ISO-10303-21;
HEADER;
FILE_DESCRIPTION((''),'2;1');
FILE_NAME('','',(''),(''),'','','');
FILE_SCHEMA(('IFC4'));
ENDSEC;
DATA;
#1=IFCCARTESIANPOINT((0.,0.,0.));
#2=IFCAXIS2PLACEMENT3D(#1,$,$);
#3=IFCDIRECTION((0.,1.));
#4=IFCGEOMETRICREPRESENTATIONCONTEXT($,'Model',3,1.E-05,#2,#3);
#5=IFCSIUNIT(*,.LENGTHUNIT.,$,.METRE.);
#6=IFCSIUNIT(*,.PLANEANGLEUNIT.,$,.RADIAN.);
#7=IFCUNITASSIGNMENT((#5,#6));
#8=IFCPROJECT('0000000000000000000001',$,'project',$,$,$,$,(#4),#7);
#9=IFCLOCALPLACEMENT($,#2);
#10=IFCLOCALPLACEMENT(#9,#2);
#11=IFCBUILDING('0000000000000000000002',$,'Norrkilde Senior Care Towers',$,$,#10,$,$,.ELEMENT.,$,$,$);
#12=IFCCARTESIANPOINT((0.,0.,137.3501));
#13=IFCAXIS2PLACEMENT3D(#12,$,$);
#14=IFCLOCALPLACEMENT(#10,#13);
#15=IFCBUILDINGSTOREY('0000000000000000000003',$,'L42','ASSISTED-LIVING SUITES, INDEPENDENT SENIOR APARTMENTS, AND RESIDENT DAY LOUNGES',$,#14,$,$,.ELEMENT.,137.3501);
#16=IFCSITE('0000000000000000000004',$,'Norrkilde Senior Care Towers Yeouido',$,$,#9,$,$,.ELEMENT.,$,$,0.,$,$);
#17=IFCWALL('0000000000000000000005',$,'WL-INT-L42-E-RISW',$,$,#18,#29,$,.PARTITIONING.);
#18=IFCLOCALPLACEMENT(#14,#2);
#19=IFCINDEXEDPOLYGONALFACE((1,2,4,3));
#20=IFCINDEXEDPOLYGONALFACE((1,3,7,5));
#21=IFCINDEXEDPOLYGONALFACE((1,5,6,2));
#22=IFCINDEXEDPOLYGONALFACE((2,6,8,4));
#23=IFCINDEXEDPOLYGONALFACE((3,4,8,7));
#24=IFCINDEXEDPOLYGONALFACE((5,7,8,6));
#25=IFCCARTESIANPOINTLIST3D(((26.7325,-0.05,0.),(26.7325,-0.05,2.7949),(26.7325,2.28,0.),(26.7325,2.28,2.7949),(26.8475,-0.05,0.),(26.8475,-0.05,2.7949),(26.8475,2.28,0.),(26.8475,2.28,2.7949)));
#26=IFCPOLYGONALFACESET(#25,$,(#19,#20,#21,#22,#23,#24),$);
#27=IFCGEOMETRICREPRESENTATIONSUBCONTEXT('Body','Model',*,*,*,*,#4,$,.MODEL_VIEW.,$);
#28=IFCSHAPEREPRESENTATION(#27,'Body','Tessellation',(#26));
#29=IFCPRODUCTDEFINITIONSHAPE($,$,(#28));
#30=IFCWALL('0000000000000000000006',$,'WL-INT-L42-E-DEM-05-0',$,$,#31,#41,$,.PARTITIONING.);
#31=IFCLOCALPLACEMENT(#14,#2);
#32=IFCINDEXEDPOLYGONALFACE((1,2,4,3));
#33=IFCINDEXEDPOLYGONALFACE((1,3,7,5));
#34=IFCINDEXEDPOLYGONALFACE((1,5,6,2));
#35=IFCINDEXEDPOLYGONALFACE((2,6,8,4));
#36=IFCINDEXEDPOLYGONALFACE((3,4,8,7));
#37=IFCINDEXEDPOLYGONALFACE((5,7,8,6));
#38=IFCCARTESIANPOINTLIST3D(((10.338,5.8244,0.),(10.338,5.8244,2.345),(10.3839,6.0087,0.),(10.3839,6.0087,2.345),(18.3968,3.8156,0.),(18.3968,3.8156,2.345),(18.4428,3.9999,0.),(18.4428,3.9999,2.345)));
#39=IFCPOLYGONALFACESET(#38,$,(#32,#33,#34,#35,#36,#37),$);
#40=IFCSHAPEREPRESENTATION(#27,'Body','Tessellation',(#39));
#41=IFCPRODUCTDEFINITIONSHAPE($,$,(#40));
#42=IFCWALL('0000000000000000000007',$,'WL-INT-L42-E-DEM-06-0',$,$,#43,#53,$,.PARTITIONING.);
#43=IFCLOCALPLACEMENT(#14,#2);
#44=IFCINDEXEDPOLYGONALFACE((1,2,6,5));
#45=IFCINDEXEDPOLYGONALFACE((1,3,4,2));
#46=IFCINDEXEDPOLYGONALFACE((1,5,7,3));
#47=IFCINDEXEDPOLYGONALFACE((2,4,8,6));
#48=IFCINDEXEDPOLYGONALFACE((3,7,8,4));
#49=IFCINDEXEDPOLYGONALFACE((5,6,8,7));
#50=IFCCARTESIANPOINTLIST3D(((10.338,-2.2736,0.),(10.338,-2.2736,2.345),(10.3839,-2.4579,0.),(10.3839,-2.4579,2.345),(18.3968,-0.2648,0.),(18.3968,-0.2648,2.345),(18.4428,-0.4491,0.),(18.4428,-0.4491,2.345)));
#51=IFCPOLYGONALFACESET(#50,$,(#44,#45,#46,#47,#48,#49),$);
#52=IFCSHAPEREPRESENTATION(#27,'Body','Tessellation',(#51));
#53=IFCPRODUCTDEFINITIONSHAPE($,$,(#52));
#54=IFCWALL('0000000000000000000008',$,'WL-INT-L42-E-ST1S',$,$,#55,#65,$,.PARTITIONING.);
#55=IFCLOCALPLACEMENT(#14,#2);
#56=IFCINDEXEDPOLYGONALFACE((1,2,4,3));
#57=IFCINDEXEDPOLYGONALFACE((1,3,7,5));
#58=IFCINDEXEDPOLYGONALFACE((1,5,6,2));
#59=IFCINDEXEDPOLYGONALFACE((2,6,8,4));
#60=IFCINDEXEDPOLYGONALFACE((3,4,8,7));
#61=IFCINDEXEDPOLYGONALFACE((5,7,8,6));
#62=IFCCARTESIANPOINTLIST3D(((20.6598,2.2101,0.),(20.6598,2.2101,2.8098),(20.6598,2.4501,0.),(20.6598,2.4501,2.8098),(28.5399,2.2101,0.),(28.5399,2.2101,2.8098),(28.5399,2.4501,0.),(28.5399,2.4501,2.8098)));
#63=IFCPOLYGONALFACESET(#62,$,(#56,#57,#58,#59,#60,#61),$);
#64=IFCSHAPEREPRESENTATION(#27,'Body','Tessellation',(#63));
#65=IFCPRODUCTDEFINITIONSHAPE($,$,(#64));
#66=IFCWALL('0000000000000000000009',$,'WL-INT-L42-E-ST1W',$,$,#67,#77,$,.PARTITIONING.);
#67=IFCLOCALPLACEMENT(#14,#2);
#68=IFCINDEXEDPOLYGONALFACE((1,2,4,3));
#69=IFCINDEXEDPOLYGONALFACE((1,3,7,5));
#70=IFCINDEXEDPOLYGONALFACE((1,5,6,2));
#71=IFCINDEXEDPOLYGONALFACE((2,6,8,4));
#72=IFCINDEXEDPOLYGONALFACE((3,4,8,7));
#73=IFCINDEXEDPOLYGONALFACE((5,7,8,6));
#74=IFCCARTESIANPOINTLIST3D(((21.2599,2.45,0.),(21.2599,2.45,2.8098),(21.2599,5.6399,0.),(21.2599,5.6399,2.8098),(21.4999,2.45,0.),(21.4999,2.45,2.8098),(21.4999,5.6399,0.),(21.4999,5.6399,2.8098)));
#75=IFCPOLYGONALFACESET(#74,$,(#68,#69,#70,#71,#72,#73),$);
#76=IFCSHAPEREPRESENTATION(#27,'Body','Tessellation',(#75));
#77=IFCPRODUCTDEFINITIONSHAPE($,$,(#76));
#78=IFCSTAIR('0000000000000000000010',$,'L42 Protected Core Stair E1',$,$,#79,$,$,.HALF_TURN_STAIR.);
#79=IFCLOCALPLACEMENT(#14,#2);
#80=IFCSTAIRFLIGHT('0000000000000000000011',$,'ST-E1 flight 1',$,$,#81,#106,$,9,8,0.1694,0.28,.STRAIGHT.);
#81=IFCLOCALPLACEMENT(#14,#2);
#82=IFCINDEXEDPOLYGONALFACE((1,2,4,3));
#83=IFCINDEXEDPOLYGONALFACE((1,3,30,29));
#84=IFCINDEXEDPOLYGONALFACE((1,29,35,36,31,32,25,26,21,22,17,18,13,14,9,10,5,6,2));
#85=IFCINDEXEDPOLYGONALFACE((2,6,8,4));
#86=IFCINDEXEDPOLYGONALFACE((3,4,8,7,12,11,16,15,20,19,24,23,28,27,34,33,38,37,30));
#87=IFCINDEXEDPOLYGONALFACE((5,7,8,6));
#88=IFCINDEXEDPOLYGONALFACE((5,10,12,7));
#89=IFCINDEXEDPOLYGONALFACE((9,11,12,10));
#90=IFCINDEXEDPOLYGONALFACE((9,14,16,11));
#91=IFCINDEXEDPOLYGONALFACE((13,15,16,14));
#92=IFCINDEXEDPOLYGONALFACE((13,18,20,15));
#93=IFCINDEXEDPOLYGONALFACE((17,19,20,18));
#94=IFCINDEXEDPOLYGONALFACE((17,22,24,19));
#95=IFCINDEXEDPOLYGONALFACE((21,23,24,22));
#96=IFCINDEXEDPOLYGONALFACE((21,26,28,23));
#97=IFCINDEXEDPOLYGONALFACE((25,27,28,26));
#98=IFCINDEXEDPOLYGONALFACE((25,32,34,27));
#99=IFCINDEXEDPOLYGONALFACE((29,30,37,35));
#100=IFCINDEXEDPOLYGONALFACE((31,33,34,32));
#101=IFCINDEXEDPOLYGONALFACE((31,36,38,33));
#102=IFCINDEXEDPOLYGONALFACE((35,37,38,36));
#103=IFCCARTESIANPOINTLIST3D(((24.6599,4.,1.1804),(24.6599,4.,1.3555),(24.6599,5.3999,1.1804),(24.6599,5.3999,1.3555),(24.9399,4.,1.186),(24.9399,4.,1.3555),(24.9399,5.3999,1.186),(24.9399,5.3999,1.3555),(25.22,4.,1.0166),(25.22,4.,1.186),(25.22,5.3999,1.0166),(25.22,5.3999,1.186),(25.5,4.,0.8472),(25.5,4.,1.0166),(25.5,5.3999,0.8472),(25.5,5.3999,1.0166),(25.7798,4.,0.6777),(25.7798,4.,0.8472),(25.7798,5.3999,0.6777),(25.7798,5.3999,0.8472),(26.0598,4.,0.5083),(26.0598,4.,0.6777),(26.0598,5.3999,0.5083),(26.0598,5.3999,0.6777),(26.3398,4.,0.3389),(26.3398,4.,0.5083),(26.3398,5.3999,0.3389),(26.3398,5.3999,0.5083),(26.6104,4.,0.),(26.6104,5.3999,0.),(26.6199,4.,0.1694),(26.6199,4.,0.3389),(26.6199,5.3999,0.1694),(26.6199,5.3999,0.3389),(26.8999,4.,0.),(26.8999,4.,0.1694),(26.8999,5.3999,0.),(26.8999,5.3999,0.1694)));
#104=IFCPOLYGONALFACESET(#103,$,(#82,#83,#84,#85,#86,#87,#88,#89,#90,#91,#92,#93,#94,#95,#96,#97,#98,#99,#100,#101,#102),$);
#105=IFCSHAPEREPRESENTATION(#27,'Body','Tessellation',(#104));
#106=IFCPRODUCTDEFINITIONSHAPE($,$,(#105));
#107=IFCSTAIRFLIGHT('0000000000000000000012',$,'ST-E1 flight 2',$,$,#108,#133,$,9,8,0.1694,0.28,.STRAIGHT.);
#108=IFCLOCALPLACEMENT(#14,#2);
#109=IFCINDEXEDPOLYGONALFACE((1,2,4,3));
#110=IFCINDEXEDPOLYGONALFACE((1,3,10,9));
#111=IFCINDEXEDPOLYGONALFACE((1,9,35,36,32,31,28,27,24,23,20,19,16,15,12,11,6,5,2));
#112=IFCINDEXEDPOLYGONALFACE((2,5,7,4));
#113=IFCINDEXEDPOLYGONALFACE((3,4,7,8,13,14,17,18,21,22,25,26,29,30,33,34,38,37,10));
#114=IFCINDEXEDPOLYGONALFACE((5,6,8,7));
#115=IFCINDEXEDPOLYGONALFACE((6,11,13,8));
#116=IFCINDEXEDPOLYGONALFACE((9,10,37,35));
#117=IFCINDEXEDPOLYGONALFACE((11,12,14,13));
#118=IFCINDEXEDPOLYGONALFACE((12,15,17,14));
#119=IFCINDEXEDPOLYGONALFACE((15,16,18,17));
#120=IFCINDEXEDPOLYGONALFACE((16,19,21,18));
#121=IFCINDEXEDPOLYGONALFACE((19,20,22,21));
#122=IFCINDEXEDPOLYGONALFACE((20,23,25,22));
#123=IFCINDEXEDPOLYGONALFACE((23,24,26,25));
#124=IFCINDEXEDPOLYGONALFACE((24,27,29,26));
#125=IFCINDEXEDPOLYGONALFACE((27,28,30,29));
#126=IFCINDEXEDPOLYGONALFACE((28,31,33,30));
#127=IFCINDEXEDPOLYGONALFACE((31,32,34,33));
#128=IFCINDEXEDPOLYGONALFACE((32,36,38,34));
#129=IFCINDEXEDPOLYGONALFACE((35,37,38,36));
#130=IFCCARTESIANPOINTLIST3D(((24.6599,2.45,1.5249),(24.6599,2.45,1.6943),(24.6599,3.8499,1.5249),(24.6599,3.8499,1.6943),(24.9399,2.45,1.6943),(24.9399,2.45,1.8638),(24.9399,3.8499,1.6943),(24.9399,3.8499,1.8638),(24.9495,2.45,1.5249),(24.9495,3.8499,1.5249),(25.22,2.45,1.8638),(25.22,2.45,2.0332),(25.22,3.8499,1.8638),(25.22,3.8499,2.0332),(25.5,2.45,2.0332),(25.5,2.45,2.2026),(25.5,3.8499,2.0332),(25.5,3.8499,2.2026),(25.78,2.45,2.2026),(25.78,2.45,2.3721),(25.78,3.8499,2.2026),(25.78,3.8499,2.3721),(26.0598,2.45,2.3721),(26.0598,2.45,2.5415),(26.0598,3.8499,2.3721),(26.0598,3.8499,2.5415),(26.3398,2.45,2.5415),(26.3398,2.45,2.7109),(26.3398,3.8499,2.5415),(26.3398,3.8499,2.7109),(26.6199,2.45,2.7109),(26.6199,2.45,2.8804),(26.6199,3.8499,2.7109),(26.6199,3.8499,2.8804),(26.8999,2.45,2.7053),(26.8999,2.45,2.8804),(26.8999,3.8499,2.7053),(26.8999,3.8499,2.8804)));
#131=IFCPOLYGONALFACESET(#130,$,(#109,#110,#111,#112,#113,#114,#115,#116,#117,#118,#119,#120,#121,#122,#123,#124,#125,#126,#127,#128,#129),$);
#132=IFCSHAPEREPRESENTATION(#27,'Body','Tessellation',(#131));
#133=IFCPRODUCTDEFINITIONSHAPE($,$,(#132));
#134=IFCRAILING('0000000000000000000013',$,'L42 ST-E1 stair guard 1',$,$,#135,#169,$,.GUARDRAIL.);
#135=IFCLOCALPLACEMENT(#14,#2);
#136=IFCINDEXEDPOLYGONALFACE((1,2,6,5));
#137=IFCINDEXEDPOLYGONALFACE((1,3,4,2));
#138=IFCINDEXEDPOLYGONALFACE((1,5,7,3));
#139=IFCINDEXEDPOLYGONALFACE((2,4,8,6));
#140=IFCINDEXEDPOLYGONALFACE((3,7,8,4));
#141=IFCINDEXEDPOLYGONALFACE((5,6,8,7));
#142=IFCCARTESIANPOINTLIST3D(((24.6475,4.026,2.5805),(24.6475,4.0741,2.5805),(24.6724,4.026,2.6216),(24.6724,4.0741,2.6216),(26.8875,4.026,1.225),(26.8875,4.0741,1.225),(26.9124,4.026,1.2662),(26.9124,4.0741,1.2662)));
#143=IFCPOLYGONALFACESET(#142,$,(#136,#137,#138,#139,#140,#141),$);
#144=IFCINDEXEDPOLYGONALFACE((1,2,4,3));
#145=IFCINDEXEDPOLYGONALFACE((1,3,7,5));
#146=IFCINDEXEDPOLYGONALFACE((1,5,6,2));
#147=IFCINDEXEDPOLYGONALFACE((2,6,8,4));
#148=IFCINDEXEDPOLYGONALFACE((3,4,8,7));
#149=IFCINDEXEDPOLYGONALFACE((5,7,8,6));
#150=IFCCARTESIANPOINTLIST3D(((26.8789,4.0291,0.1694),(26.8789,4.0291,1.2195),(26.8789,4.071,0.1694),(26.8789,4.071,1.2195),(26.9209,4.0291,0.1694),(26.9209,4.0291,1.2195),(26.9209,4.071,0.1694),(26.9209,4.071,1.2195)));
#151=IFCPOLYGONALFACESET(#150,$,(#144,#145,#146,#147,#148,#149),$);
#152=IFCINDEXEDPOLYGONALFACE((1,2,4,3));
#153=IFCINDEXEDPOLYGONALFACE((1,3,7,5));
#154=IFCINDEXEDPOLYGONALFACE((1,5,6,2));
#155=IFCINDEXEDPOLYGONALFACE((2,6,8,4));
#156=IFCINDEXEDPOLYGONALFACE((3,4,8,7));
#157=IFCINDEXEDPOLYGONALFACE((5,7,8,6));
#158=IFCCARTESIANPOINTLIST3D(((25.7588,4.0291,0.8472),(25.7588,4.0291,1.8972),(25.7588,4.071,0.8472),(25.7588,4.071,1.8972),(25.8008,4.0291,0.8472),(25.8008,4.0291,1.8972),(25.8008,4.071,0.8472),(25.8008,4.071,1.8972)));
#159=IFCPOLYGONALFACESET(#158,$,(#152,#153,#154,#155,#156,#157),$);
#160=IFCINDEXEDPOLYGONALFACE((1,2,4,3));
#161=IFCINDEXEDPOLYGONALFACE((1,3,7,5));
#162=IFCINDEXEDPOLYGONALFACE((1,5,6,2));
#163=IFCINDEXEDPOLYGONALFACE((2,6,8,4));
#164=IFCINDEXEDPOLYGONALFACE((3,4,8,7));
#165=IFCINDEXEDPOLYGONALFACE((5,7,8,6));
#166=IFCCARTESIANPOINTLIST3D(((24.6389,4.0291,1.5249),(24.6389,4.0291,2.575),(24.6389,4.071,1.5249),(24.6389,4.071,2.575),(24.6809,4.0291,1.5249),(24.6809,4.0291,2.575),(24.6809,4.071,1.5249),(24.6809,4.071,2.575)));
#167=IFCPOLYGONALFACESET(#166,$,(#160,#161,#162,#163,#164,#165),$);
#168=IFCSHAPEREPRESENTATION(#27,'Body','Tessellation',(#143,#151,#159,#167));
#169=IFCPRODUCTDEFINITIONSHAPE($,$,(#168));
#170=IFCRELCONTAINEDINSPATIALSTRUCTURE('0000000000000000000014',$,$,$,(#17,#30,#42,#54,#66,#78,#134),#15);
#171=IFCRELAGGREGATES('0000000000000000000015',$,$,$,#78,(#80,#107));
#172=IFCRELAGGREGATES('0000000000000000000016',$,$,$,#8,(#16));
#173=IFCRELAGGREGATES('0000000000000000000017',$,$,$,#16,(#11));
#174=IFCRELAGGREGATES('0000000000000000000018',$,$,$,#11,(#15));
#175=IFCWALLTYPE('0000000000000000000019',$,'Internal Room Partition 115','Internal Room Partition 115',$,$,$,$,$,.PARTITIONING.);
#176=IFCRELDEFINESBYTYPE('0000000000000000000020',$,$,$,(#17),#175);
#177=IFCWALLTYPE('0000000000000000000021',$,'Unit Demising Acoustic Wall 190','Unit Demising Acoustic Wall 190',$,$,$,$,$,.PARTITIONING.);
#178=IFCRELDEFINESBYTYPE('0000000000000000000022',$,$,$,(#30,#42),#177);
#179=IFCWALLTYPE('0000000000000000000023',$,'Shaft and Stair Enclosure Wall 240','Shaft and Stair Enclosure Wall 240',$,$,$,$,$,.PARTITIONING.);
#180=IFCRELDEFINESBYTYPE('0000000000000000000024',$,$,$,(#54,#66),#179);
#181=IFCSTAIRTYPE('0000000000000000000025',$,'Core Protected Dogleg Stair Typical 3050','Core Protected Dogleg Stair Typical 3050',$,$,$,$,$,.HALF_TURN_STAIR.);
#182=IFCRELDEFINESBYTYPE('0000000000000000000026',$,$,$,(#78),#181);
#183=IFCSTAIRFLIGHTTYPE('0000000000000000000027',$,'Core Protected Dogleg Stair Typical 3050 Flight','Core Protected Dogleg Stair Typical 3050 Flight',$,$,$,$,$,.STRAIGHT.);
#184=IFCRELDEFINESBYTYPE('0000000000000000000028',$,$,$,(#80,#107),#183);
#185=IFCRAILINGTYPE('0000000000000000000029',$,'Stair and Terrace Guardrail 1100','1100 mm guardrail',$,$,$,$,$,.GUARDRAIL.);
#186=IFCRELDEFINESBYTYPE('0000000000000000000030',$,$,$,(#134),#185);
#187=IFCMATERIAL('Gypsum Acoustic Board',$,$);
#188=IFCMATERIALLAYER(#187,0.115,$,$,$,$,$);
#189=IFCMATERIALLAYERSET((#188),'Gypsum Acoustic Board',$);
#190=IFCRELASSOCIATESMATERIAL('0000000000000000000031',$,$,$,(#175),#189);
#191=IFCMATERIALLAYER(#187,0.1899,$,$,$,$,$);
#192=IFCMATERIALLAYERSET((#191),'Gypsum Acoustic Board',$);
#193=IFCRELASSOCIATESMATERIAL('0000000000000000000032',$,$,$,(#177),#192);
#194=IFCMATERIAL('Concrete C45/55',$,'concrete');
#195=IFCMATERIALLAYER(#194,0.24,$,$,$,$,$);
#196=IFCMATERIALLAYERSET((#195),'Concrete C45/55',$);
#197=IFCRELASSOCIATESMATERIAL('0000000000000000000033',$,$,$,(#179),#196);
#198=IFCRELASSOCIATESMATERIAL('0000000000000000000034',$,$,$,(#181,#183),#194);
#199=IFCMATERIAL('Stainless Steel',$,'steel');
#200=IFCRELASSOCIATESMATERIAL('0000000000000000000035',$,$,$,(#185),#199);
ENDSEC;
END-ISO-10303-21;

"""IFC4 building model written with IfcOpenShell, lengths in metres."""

from ifc_helpers import new_model, si_unit, direction, frame, frame_2d, origin, origin_2d, place, context, subcontext, project, spatial, polyline, rectangle, outline, extrude, source, transform, mapped, material, layer, layer_set, type_object, type_shapes, element, aggregate, save


model = new_model("IFC4")

# Units and contexts
model_context = context("Model", 3, precision=1e-05, world=origin(), true_north=direction((0.0, 1.0)))
body_context = subcontext(model_context, "Body", "Model", "MODEL_VIEW")
ifc_project = project(units=[si_unit("LENGTHUNIT", "METRE"), si_unit("PLANEANGLEUNIT", "RADIAN")], contexts=[model_context])

# Site, building, storey
site_placement = place(None, origin())
site = spatial("IfcSite", under=ifc_project, at=site_placement, Name="Norrkilde Senior Care Towers Yeouido", CompositionType="ELEMENT", RefElevation=0.0)
building_placement = place(site_placement, origin())
building = spatial("IfcBuilding", under=site, at=building_placement, Name="Norrkilde Senior Care Towers", CompositionType="ELEMENT")
storey_placement = place(building_placement, frame((0.0, 0.0, 137.3501)))
storey = spatial("IfcBuildingStorey", under=building, at=storey_placement, Name="L42", Description="ASSISTED-LIVING SUITES, INDEPENDENT SENIOR APARTMENTS, AND RESIDENT DAY LOUNGES", CompositionType="ELEMENT", Elevation=137.3501)

# Shared definitions
ifc_material_1 = material(Name="Concrete C45/55", Category="concrete")

# Walls
ifc_material_2 = material(Name="Gypsum Acoustic Board")
ifc_layer_1 = layer(ifc_material_2, 0.115)
ifc_layer_set_1 = layer_set([ifc_layer_1], Name="Gypsum Acoustic Board")
wall_type_1 = type_object("IfcWallType", Name="Internal Room Partition 115", Description="Internal Room Partition 115", PredefinedType="PARTITIONING", material=ifc_layer_set_1)
shared_shape_1 = source(origin(), body_context, "Body", "SweptSolid", [
    extrude(rectangle(XDim=2.3301, YDim=0.115, at=frame_2d((1.165, 0.0))), origin(), (0.0, 0.0, 1.0), 2.7949),
])
type_shapes(wall_type_1, [shared_shape_1])
wall_1_placement = place(storey_placement, frame((26.79, -0.05, 0.0), z_axis=(0.0, 0.0, 1.0), x_axis=(0.0, 1.0, 0.0)))
element("IfcWall", 1, at=wall_1_placement, inside=storey, type_object=wall_type_1, Name="WL-INT-L42-E-RISW", PredefinedType="PARTITIONING", context=body_context, shape_type="MappedRepresentation", body=[
    mapped(shared_shape_1, transform((0.0, 0.0, 0.0), x_axis=(1.0, 0.0, 0.0), y_axis=(0.0, 1.0, 0.0), z_axis=(0.0, 0.0, 1.0), scale=1.0)),
])
ifc_layer_2 = layer(ifc_material_2, 0.1899)
ifc_layer_set_2 = layer_set([ifc_layer_2], Name="Gypsum Acoustic Board")
wall_type_2 = type_object("IfcWallType", Name="Unit Demising Acoustic Wall 190", Description="Unit Demising Acoustic Wall 190", PredefinedType="PARTITIONING", material=ifc_layer_set_2)
shared_shape_2 = source(origin(), body_context, "Body", "SweptSolid", [
    extrude(rectangle(XDim=8.3054, YDim=0.1899, at=frame_2d((4.1528, 0.0))), origin(), (0.0, 0.0, 1.0), 2.345),
])
type_shapes(wall_type_2, [shared_shape_2])
for number, where, z_axis, x_axis, name in (
    (2, (18.4199, 3.9077, 0.0), (0.0, 0.0, 1.0), (-0.97031, 0.241865, 0.0), "WL-INT-L42-E-DEM-05-0"),
    (3, (18.4199, -0.3569, 0.0), (0.0, 0.0, 1.0), (-0.97031, -0.241865, 0.0), "WL-INT-L42-E-DEM-06-0"),
):
    element("IfcWall", number, at=place(storey_placement, frame(where, z_axis=z_axis, x_axis=x_axis)), inside=storey, type_object=wall_type_2, Name=name, PredefinedType="PARTITIONING", context=body_context, shape_type="MappedRepresentation", body=[
        mapped(shared_shape_2, transform((0.0, 0.0, 0.0), x_axis=(1.0, 0.0, 0.0), y_axis=(0.0, 1.0, 0.0), z_axis=(0.0, 0.0, 1.0), scale=1.0)),
    ])
ifc_layer_3 = layer(ifc_material_1, 0.24)
ifc_layer_set_3 = layer_set([ifc_layer_3], Name="Concrete C45/55")
wall_type_3 = type_object("IfcWallType", Name="Shaft and Stair Enclosure Wall 240", Description="Shaft and Stair Enclosure Wall 240", PredefinedType="PARTITIONING", material=ifc_layer_set_3)
shared_shape_3 = source(origin(), body_context, "Body", "SweptSolid", [
    extrude(rectangle(XDim=7.8801, YDim=0.24, at=frame_2d((3.9399, 0.0))), origin(), (0.0, 0.0, 1.0), 2.8098),
])
wall_2_placement = place(storey_placement, frame((20.6599, 2.3301, 0.0), z_axis=(0.0, 0.0, 1.0), x_axis=(1.0, 0.0, 0.0)))
element("IfcWall", 4, at=wall_2_placement, inside=storey, type_object=wall_type_3, Name="WL-INT-L42-E-ST1S", PredefinedType="PARTITIONING", context=body_context, shape_type="MappedRepresentation", body=[
    mapped(shared_shape_3, transform((0.0, 0.0, 0.0), x_axis=(1.0, 0.0, 0.0), y_axis=(0.0, 1.0, 0.0), z_axis=(0.0, 0.0, 1.0), scale=1.0)),
])
shared_shape_4 = source(origin(), body_context, "Body", "SweptSolid", [
    extrude(rectangle(XDim=3.1899, YDim=0.24, at=frame_2d((1.595, 0.0))), origin(), (0.0, 0.0, 1.0), 2.8098),
])
type_shapes(wall_type_3, [shared_shape_3, shared_shape_4])
wall_3_placement = place(storey_placement, frame((21.3799, 2.45, 0.0), z_axis=(0.0, 0.0, 1.0), x_axis=(0.0, 1.0, 0.0)))
element("IfcWall", 5, at=wall_3_placement, inside=storey, type_object=wall_type_3, Name="WL-INT-L42-E-ST1W", PredefinedType="PARTITIONING", context=body_context, shape_type="MappedRepresentation", body=[
    mapped(shared_shape_4, transform((0.0, 0.0, 0.0), x_axis=(1.0, 0.0, 0.0), y_axis=(0.0, 1.0, 0.0), z_axis=(0.0, 0.0, 1.0), scale=1.0)),
])

# Stair, stair flights
stair_type = type_object("IfcStairType", Name="Core Protected Dogleg Stair Typical 3050", Description="Core Protected Dogleg Stair Typical 3050", PredefinedType="HALF_TURN_STAIR", material=ifc_material_1)
stair_placement = place(storey_placement, origin())
stair = element("IfcStair", 6, at=stair_placement, inside=storey, type_object=stair_type, Name="L42 Protected Core Stair E1", PredefinedType="HALF_TURN_STAIR")
stair_flight_type = type_object("IfcStairFlightType", Name="Core Protected Dogleg Stair Typical 3050 Flight", Description="Core Protected Dogleg Stair Typical 3050 Flight", PredefinedType="STRAIGHT", material=ifc_material_1)
stair_flight_1_placement = place(storey_placement, frame((26.8999, 4.7, 0.0), z_axis=(0.0, 0.0, 1.0), x_axis=(-1.0, 0.0, 0.0)))
stair_flight_1 = element("IfcStairFlight", 7, at=stair_flight_1_placement, type_object=stair_flight_type, Name="ST-E1 flight 1", NumberOfRisers=9, NumberOfTreads=8, PredefinedType="STRAIGHT", RiserHeight=0.1694, TreadLength=0.28, context=body_context, shape_type="SweptSolid", body=[
    extrude(outline(polyline([(0.0, 0.0), (0.0, 0.1694), (0.28, 0.1694), (0.28, 0.3389), (0.5601, 0.3389), (0.5601, 0.5083), (0.8401, 0.5083), (0.8401, 0.6777), (1.1201, 0.6777), (1.1201, 0.8472), (1.3999, 0.8472), (1.3999, 1.0166), (1.6799, 1.0166), (1.6799, 1.186), (1.96, 1.186), (1.96, 1.3555), (2.24, 1.3555), (2.24, 1.5249), (2.24, 1.1804), (0.2896, 0.0), (0.0, 0.0)])), frame((0.0, 0.7, 0.0), z_axis=(0.0, -1.0, 0.0), x_axis=(1.0, 0.0, 0.0)), (0.0, 0.0, 1.0), 1.3999),
])
stair_flight_2_placement = place(storey_placement, frame((24.6599, 3.1499, 1.5249), z_axis=(0.0, 0.0, 1.0), x_axis=(1.0, 0.0, 0.0)))
stair_flight_2 = element("IfcStairFlight", 8, at=stair_flight_2_placement, type_object=stair_flight_type, Name="ST-E1 flight 2", NumberOfRisers=9, NumberOfTreads=8, PredefinedType="STRAIGHT", RiserHeight=0.1694, TreadLength=0.28, context=body_context, shape_type="SweptSolid", body=[
    extrude(outline(polyline([(0.0, 0.0), (0.0, 0.1694), (0.28, 0.1694), (0.28, 0.3389), (0.5601, 0.3389), (0.5601, 0.5083), (0.8401, 0.5083), (0.8401, 0.6777), (1.1201, 0.6777), (1.1201, 0.8472), (1.3999, 0.8472), (1.3999, 1.0166), (1.6799, 1.0166), (1.6799, 1.186), (1.96, 1.186), (1.96, 1.3555), (2.24, 1.3555), (2.24, 1.5249), (2.24, 1.1804), (0.2896, 0.0), (0.0, 0.0)])), frame((0.0, 0.7, 0.0), z_axis=(0.0, -1.0, 0.0), x_axis=(1.0, 0.0, 0.0)), (0.0, 0.0, 1.0), 1.3999),
])
aggregate(stair, [stair_flight_1, stair_flight_2])

# Railing
ifc_material_3 = material(Name="Stainless Steel", Category="steel")
railing_type_1 = type_object("IfcRailingType", Name="Stair and Terrace Guardrail 1100", Description="1100 mm guardrail", PredefinedType="GUARDRAIL", material=ifc_material_3)
railing_1_placement = place(storey_placement, frame((26.8999, 4.05, 0.1694)))
element("IfcRailing", 9, at=railing_1_placement, inside=storey, type_object=railing_type_1, Name="L42 ST-E1 stair guard 1", PredefinedType="GUARDRAIL", context=body_context, shape_type="SweptSolid", body=[
    extrude(rectangle(XDim=0.0481, YDim=0.0481, at=origin_2d()), frame((0.0, 0.0, 1.0762), z_axis=(-0.855553, 0.0, 0.517715), x_axis=(0.0, -1.0, 0.0)), (0.0, 0.0, 1.0), 2.6182),
    extrude(rectangle(XDim=0.042, YDim=0.042, at=origin_2d()), origin(), (0.0, 0.0, 1.0), 1.05),
    extrude(rectangle(XDim=0.042, YDim=0.042, at=origin_2d()), frame((-1.1201, 0.0, 0.6777)), (0.0, 0.0, 1.0), 1.05),
    extrude(rectangle(XDim=0.042, YDim=0.042, at=origin_2d()), frame((-2.24, 0.0, 1.3555)), (0.0, 0.0, 1.0), 1.05),
])

save(model, "model.ifc")
